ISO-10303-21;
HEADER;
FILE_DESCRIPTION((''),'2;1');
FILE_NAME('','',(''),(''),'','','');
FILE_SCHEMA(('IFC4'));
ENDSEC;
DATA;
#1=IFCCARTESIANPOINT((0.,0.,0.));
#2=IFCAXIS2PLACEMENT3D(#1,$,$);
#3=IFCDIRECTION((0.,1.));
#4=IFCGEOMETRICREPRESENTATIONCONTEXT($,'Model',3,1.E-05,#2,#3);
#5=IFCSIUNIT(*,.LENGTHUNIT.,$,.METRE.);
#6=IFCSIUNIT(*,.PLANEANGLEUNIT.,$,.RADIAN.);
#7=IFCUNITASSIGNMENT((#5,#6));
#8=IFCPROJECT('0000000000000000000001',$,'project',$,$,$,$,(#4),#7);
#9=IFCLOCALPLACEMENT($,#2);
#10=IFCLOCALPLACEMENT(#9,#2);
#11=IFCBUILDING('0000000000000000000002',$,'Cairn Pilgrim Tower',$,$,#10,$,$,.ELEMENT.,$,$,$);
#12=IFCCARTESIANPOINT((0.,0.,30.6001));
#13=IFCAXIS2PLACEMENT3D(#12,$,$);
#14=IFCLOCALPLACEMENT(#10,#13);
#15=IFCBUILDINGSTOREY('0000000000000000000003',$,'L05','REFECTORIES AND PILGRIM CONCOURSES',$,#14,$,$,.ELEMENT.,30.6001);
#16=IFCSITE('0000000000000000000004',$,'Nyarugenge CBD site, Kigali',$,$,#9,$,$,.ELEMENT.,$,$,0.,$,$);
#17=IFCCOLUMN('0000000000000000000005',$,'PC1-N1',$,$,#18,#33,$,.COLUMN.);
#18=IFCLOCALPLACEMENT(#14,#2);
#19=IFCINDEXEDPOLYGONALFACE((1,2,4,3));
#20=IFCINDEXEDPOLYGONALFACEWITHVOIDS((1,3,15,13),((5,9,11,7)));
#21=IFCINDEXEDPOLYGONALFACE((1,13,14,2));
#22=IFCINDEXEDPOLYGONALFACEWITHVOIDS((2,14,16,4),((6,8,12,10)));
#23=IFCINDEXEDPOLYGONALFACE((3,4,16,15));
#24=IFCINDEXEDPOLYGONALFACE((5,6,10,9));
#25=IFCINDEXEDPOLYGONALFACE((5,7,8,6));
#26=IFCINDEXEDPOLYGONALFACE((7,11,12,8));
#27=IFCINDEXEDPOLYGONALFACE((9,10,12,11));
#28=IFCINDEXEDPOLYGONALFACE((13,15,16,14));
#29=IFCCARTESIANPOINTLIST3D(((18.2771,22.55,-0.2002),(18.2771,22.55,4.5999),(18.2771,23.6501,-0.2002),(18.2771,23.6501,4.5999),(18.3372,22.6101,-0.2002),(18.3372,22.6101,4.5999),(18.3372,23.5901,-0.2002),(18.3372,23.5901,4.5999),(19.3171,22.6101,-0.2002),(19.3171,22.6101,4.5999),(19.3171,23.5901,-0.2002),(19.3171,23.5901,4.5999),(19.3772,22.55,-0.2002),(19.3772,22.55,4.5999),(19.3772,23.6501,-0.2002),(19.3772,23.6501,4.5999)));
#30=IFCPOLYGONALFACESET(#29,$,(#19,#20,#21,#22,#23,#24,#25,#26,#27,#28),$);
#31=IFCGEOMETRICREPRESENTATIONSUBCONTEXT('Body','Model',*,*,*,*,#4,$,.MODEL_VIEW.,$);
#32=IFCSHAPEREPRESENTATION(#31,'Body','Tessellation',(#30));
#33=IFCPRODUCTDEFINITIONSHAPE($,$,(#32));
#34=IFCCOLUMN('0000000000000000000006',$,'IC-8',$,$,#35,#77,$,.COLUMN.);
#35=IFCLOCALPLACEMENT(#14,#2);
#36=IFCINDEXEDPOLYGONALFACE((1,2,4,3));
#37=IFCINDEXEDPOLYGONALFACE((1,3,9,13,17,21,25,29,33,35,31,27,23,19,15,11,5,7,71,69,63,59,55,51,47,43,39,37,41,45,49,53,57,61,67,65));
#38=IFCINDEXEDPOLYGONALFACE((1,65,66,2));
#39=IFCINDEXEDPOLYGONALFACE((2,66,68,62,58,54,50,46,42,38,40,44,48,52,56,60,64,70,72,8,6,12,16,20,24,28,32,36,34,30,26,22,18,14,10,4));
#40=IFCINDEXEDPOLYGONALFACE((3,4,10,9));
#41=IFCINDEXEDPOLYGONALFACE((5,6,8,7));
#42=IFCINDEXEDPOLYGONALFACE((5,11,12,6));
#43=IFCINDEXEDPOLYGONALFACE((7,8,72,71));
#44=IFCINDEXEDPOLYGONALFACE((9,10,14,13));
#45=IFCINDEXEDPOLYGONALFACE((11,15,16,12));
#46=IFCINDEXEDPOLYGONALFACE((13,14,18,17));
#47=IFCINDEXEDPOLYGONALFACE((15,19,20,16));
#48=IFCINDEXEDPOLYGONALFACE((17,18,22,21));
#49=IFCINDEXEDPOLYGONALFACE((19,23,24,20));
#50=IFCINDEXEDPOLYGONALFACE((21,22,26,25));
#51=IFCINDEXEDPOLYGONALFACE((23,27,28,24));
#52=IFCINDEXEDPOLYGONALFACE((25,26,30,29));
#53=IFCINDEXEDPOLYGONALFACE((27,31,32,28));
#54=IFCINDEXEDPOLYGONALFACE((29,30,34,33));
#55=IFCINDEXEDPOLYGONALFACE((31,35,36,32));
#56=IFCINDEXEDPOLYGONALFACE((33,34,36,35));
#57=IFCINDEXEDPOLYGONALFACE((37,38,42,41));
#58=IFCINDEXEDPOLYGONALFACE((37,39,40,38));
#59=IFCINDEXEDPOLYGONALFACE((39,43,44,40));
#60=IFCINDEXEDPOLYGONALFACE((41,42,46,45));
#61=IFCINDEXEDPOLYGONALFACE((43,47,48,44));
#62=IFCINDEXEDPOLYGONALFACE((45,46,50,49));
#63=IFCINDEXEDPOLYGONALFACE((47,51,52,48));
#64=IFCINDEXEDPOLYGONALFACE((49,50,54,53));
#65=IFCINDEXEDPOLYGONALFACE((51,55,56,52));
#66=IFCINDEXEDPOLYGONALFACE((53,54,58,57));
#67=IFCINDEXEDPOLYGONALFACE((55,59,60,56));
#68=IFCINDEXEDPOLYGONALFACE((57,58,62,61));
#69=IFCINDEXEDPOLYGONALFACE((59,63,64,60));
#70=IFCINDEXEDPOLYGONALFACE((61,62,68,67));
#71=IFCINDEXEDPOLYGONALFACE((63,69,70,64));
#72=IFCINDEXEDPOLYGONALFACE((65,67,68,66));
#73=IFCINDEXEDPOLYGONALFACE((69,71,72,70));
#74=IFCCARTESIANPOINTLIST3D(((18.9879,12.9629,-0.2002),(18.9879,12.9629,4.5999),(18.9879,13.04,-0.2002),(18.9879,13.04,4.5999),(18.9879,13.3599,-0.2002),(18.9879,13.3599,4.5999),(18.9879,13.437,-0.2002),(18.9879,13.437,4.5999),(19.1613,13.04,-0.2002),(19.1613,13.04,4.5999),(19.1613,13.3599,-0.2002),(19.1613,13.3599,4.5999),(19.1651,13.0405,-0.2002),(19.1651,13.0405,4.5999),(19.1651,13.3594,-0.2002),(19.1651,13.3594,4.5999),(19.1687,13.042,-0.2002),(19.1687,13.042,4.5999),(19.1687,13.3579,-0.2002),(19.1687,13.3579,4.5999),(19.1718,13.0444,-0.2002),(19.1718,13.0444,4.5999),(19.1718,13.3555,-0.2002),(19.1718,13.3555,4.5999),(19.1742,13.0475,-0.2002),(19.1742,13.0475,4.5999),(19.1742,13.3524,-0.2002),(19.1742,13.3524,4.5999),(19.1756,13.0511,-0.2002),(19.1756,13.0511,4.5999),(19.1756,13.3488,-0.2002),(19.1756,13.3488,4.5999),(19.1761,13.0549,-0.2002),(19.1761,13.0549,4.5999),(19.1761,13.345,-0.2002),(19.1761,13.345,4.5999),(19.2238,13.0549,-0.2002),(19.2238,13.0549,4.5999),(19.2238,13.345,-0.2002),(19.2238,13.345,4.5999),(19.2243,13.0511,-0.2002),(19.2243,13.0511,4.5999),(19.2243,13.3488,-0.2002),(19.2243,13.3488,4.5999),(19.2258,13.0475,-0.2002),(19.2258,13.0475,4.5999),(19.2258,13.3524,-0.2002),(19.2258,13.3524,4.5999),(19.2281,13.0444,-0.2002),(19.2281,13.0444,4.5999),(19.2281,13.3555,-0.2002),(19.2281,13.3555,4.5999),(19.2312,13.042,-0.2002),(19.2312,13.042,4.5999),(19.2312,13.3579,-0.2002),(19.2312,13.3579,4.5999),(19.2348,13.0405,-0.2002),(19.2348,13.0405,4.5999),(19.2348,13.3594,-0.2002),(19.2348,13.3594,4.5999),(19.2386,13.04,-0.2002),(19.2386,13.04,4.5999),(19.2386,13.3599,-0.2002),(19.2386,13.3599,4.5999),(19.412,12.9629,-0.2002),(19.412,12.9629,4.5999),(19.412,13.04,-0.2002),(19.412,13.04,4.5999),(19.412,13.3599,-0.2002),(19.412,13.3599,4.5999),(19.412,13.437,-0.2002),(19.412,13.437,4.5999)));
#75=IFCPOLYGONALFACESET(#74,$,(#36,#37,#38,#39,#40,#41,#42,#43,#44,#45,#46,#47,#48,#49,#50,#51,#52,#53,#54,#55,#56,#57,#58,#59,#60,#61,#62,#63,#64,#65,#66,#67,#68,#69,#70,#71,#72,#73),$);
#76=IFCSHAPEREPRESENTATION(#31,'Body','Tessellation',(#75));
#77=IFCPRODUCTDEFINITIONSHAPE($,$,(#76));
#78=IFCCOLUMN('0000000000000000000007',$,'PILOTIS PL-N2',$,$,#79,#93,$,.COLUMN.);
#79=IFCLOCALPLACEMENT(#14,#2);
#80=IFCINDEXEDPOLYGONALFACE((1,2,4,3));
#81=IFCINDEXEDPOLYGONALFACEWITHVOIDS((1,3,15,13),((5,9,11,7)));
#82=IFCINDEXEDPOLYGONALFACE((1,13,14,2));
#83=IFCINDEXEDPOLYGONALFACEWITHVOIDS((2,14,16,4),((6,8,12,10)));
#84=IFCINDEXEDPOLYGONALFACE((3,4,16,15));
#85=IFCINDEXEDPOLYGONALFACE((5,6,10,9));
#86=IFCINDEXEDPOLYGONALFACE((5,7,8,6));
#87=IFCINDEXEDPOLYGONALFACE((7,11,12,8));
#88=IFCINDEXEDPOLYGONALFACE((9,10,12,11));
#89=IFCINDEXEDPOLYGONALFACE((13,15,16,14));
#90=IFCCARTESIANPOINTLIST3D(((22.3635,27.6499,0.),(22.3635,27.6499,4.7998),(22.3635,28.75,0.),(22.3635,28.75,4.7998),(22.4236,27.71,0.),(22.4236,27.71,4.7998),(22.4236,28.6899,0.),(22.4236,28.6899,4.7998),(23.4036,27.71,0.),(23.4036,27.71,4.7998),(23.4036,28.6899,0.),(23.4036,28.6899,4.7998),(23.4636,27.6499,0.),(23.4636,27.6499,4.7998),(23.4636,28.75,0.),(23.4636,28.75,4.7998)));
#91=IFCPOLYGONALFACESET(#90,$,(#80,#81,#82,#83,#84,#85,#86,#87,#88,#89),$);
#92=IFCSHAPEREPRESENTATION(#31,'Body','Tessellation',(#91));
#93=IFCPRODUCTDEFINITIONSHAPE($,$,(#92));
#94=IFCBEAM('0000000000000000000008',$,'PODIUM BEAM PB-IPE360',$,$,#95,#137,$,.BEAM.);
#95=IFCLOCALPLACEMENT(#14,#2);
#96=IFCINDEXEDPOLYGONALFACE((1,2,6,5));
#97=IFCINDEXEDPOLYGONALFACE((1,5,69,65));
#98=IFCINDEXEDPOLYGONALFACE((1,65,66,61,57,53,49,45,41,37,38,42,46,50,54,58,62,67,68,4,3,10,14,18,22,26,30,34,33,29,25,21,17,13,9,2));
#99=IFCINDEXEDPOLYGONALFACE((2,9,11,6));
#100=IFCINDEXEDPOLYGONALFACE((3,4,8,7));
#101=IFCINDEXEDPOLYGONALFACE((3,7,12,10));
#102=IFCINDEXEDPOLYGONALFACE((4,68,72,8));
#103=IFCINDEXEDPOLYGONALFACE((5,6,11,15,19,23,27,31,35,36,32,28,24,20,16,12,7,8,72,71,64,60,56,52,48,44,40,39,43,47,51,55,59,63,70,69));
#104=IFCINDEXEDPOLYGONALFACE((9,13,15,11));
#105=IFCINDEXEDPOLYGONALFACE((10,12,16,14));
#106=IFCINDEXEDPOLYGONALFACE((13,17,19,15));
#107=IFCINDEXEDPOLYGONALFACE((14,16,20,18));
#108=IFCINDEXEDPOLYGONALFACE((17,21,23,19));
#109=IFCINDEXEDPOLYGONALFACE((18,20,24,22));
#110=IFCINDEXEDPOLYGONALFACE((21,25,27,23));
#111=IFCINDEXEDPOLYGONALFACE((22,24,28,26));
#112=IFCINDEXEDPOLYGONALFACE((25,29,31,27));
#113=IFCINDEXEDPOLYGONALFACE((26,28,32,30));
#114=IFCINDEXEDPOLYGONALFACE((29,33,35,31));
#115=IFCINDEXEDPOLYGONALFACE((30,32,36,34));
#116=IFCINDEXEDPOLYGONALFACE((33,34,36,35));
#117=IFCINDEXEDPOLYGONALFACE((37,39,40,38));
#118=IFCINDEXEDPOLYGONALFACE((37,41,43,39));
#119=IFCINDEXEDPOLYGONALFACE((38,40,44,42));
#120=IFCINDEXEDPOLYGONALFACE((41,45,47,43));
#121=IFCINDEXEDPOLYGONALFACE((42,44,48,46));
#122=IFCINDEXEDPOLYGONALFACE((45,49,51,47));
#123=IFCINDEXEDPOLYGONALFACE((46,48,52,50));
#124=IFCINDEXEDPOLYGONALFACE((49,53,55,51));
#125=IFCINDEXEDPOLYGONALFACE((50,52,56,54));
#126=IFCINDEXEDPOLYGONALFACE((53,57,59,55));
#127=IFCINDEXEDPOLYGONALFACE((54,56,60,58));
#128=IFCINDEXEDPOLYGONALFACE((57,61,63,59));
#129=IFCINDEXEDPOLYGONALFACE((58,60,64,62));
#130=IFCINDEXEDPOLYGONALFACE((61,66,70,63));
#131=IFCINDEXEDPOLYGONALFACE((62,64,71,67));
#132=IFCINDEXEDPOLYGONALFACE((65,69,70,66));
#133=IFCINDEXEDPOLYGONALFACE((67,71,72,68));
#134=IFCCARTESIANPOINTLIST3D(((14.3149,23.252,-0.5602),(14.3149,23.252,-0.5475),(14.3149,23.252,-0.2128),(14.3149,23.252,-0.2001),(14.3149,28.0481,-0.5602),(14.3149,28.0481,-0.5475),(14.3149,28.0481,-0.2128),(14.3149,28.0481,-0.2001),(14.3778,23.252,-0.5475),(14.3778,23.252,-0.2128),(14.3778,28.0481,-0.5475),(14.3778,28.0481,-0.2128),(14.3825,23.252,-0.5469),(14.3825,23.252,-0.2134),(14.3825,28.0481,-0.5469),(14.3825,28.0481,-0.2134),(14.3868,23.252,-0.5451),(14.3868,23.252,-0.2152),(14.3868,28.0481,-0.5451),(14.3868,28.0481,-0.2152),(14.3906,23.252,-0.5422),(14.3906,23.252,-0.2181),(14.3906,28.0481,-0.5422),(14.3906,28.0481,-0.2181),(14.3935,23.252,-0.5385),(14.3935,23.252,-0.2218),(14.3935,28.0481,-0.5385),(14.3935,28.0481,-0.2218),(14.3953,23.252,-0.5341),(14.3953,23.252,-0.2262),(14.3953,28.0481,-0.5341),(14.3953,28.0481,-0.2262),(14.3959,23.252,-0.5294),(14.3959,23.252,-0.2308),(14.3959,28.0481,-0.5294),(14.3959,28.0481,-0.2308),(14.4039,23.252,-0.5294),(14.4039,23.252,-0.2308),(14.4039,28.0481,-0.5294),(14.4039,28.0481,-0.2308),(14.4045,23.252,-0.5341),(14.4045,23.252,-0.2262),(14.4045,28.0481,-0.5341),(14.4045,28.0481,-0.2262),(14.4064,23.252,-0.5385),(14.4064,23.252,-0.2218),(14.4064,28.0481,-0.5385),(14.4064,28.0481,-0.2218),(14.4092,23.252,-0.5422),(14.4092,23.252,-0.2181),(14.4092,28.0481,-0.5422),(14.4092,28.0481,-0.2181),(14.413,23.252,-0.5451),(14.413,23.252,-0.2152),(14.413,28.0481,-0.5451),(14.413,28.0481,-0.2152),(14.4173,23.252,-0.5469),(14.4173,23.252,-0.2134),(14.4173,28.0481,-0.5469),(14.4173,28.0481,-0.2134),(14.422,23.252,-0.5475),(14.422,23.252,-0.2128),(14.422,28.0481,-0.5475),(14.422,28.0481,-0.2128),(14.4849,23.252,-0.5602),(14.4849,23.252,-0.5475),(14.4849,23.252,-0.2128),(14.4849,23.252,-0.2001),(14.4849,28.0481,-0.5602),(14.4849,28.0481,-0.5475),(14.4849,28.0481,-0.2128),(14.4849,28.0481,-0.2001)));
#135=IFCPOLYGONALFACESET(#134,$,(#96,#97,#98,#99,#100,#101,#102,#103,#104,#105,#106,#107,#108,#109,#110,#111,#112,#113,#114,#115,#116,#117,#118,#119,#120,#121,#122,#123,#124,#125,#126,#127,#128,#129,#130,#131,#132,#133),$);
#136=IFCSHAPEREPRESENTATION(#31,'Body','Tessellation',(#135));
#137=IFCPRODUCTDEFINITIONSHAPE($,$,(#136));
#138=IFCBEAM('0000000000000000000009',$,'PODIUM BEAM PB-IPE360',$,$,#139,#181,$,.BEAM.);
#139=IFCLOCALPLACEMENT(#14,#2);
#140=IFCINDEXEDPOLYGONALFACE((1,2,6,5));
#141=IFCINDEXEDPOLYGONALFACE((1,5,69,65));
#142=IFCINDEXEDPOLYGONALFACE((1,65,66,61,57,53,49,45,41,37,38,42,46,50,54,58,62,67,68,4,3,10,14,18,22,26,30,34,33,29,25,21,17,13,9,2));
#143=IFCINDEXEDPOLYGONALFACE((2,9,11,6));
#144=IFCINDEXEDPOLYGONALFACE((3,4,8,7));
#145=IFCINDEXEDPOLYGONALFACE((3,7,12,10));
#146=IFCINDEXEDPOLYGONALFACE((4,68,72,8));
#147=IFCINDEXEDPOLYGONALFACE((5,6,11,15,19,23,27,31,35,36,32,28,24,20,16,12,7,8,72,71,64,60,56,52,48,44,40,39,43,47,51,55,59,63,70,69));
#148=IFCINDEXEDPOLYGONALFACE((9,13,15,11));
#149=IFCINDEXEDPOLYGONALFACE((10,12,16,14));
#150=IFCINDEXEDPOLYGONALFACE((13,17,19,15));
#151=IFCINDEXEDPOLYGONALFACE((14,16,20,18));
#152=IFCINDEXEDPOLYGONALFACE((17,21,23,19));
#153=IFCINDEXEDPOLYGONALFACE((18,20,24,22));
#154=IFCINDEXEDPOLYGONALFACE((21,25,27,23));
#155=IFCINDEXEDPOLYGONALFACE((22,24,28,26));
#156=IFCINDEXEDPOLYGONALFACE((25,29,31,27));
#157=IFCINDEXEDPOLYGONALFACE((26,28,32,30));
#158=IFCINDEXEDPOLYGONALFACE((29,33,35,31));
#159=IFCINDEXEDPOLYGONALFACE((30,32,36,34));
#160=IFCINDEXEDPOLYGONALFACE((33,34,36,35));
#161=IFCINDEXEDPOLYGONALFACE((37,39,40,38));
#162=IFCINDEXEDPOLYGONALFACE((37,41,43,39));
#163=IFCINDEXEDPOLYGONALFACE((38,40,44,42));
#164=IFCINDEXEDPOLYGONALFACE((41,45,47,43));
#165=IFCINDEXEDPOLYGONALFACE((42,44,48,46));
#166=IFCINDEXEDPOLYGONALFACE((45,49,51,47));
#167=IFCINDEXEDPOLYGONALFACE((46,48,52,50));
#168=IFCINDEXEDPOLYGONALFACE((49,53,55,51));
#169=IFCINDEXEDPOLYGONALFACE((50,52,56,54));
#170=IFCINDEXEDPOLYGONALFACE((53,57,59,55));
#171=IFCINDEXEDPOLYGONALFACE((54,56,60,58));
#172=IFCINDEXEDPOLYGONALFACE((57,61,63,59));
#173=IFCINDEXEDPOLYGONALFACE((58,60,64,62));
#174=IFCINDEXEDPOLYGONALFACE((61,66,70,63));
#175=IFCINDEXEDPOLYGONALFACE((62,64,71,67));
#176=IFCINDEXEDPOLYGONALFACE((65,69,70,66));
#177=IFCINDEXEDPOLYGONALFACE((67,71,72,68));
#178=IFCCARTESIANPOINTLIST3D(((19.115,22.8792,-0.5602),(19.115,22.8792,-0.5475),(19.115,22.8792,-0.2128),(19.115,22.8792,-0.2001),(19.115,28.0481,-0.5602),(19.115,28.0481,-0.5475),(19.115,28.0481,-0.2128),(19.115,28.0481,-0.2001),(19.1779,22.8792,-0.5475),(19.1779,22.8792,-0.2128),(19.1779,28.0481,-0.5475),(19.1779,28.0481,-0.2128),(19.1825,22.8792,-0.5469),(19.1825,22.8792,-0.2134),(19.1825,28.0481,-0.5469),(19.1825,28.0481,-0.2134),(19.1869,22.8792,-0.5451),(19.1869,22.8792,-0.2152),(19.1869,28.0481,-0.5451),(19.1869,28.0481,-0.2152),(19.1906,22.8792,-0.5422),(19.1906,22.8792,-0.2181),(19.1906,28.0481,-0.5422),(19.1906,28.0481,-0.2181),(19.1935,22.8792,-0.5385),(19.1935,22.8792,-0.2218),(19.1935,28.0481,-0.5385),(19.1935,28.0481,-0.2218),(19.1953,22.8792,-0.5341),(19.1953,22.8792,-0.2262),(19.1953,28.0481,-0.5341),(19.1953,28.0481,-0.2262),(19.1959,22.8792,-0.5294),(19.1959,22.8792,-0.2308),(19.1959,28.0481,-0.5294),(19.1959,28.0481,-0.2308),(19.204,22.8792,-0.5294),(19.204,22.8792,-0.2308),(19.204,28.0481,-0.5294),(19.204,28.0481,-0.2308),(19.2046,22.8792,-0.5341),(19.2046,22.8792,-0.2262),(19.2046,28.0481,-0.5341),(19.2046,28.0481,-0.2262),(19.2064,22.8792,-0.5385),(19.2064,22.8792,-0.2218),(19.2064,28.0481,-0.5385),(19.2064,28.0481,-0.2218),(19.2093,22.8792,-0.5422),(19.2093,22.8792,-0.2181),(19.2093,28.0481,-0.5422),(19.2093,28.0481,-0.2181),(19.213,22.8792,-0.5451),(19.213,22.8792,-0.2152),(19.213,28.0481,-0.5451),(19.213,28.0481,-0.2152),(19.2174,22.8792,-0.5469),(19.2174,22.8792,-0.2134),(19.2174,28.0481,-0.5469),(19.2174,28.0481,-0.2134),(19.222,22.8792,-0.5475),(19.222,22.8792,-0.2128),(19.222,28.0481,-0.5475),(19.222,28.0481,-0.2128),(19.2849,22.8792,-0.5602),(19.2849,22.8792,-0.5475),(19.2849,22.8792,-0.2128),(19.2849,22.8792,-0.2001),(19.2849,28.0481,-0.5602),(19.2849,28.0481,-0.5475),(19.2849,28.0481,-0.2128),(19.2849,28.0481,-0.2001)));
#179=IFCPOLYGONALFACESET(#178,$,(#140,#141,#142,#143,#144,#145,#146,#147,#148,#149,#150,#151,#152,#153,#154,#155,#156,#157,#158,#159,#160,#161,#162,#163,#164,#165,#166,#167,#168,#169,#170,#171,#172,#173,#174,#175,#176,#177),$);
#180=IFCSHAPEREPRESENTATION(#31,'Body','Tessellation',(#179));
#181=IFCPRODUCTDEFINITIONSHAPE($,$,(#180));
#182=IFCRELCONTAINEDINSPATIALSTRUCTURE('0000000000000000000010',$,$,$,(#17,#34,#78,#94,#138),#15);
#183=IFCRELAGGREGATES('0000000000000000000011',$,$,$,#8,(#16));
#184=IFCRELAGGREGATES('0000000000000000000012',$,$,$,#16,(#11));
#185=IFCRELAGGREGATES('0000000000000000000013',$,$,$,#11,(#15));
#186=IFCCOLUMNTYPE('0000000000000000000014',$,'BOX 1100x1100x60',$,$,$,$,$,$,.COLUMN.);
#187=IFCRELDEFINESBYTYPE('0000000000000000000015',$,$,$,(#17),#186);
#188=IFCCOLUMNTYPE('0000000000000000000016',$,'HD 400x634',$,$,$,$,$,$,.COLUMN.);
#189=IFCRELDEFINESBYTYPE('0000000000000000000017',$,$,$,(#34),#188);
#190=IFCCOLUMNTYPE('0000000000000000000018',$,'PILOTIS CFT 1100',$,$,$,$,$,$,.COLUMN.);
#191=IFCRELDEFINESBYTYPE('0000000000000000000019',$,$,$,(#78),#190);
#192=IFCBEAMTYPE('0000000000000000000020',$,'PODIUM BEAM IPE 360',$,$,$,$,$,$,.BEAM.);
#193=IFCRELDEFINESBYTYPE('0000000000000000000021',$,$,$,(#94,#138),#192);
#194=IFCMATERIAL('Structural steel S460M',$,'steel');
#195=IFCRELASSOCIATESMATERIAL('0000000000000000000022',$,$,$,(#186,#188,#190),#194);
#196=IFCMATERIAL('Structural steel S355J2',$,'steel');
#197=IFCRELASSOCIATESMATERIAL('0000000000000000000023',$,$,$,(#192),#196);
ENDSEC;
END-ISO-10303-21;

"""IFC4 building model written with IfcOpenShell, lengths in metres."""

from ifc_helpers import new_model, si_unit, direction, frame, origin, origin_2d, place, context, subcontext, project, spatial, hollow_rectangle, i_section, extrude, material, material_profile, profile_set, type_object, element, save


model = new_model("IFC4")

# Units and contexts
model_context = context("Model", 3, precision=1e-05, world=origin(), true_north=direction((0.0, 1.0)))
body_context = subcontext(model_context, "Body", "Model", "MODEL_VIEW")
ifc_project = project(units=[si_unit("LENGTHUNIT", "METRE"), si_unit("PLANEANGLEUNIT", "RADIAN")], contexts=[model_context])

# Site, building, storey
site_placement = place(None, origin())
site = spatial("IfcSite", under=ifc_project, at=site_placement, Name="Nyarugenge CBD site, Kigali", CompositionType="ELEMENT", RefElevation=0.0)
building_placement = place(site_placement, origin())
building = spatial("IfcBuilding", under=site, at=building_placement, Name="Cairn Pilgrim Tower", CompositionType="ELEMENT")
storey_placement = place(building_placement, frame((0.0, 0.0, 30.6001)))
storey = spatial("IfcBuildingStorey", under=building, at=storey_placement, Name="L05", Description="REFECTORIES AND PILGRIM CONCOURSES", CompositionType="ELEMENT", Elevation=30.6001)

# Columns
ifc_material_1 = material(Name="Structural steel S460M", Category="steel")
ifc_material_profile_1 = material_profile(ifc_material_1, hollow_rectangle(XDim=1.1001, YDim=1.1001, WallThickness=0.0601, at=origin_2d()), Name="BOX 1100x1100x60")
ifc_profile_set_1 = profile_set([ifc_material_profile_1], Name="Structural steel S460M")
column_type_1 = type_object("IfcColumnType", Name="BOX 1100x1100x60", PredefinedType="COLUMN", material=ifc_profile_set_1)
column_1_placement = place(storey_placement, frame((18.8271, 23.1001, -0.2002), z_axis=(0.0, 0.0, 1.0), x_axis=(1.0, 0.0, 0.0)))
element("IfcColumn", 1, at=column_1_placement, inside=storey, type_object=column_type_1, Name="PC1-N1", PredefinedType="COLUMN", context=body_context, shape_type="SweptSolid", body=[
    extrude(hollow_rectangle(XDim=1.1001, YDim=1.1001, WallThickness=0.0601, at=origin_2d()), origin(), (0.0, 0.0, 1.0), 4.8),
])
ifc_material_profile_2 = material_profile(ifc_material_1, i_section(OverallWidth=0.4241, OverallDepth=0.4741, WebThickness=0.0476, FlangeThickness=0.0771, FilletRadius=0.0149, at=origin_2d()), Name="HD 400x634")
ifc_profile_set_2 = profile_set([ifc_material_profile_2], Name="Structural steel S460M")
column_type_2 = type_object("IfcColumnType", Name="HD 400x634", PredefinedType="COLUMN", material=ifc_profile_set_2)
column_2_placement = place(storey_placement, frame((19.2, 13.2, -0.2002), z_axis=(0.0, 0.0, 1.0), x_axis=(1.0, 0.0, 0.0)))
element("IfcColumn", 2, at=column_2_placement, inside=storey, type_object=column_type_2, Name="IC-8", PredefinedType="COLUMN", context=body_context, shape_type="SweptSolid", body=[
    extrude(i_section(OverallWidth=0.4241, OverallDepth=0.4741, WebThickness=0.0476, FlangeThickness=0.0771, FilletRadius=0.0149, at=origin_2d()), origin(), (0.0, 0.0, 1.0), 4.8),
])
ifc_material_profile_3 = material_profile(ifc_material_1, hollow_rectangle(XDim=1.1001, YDim=1.1001, WallThickness=0.0601, at=origin_2d()), Name="BOX 1100x1100x60")
ifc_profile_set_3 = profile_set([ifc_material_profile_3], Name="Structural steel S460M")
column_type_3 = type_object("IfcColumnType", Name="PILOTIS CFT 1100", PredefinedType="COLUMN", material=ifc_profile_set_3)
column_3_placement = place(storey_placement, frame((22.9136, 28.2, 0.0), z_axis=(0.0, 0.0, 1.0), x_axis=(1.0, 0.0, 0.0)))
element("IfcColumn", 3, at=column_3_placement, inside=storey, type_object=column_type_3, Name="PILOTIS PL-N2", PredefinedType="COLUMN", context=body_context, shape_type="SweptSolid", body=[
    extrude(hollow_rectangle(XDim=1.1001, YDim=1.1001, WallThickness=0.0601, at=origin_2d()), origin(), (0.0, 0.0, 1.0), 4.7998),
])

# Beams
ifc_material_2 = material(Name="Structural steel S355J2", Category="steel")
ifc_material_profile_4 = material_profile(ifc_material_2, i_section(OverallWidth=0.1699, OverallDepth=0.3601, WebThickness=0.0081, FlangeThickness=0.0127, FilletRadius=0.0181, at=origin_2d()), Name="IPE 360")
ifc_profile_set_4 = profile_set([ifc_material_profile_4], Name="Structural steel S355J2")
beam_type_1 = type_object("IfcBeamType", Name="PODIUM BEAM IPE 360", PredefinedType="BEAM", material=ifc_profile_set_4)
beam_1_placement = place(storey_placement, frame((14.3999, 23.252, -0.3801), z_axis=(0.0, 1.0, 0.0), x_axis=(-1.0, 0.0, 0.0)))
element("IfcBeam", 4, at=beam_1_placement, inside=storey, type_object=beam_type_1, Name="PODIUM BEAM PB-IPE360", PredefinedType="BEAM", context=body_context, shape_type="SweptSolid", body=[
    extrude(i_section(OverallWidth=0.1699, OverallDepth=0.3601, WebThickness=0.0081, FlangeThickness=0.0127, FilletRadius=0.0181, at=origin_2d()), origin(), (0.0, 0.0, 1.0), 4.7961),
])
beam_2_placement = place(storey_placement, frame((19.2, 22.8792, -0.3801), z_axis=(0.0, 1.0, 0.0), x_axis=(-1.0, 0.0, 0.0)))
element("IfcBeam", 5, at=beam_2_placement, inside=storey, type_object=beam_type_1, Name="PODIUM BEAM PB-IPE360", PredefinedType="BEAM", context=body_context, shape_type="SweptSolid", body=[
    extrude(i_section(OverallWidth=0.1699, OverallDepth=0.3601, WebThickness=0.0081, FlangeThickness=0.0127, FilletRadius=0.0181, at=origin_2d()), origin(), (0.0, 0.0, 1.0), 5.1689),
])

save(model, "model.ifc")
